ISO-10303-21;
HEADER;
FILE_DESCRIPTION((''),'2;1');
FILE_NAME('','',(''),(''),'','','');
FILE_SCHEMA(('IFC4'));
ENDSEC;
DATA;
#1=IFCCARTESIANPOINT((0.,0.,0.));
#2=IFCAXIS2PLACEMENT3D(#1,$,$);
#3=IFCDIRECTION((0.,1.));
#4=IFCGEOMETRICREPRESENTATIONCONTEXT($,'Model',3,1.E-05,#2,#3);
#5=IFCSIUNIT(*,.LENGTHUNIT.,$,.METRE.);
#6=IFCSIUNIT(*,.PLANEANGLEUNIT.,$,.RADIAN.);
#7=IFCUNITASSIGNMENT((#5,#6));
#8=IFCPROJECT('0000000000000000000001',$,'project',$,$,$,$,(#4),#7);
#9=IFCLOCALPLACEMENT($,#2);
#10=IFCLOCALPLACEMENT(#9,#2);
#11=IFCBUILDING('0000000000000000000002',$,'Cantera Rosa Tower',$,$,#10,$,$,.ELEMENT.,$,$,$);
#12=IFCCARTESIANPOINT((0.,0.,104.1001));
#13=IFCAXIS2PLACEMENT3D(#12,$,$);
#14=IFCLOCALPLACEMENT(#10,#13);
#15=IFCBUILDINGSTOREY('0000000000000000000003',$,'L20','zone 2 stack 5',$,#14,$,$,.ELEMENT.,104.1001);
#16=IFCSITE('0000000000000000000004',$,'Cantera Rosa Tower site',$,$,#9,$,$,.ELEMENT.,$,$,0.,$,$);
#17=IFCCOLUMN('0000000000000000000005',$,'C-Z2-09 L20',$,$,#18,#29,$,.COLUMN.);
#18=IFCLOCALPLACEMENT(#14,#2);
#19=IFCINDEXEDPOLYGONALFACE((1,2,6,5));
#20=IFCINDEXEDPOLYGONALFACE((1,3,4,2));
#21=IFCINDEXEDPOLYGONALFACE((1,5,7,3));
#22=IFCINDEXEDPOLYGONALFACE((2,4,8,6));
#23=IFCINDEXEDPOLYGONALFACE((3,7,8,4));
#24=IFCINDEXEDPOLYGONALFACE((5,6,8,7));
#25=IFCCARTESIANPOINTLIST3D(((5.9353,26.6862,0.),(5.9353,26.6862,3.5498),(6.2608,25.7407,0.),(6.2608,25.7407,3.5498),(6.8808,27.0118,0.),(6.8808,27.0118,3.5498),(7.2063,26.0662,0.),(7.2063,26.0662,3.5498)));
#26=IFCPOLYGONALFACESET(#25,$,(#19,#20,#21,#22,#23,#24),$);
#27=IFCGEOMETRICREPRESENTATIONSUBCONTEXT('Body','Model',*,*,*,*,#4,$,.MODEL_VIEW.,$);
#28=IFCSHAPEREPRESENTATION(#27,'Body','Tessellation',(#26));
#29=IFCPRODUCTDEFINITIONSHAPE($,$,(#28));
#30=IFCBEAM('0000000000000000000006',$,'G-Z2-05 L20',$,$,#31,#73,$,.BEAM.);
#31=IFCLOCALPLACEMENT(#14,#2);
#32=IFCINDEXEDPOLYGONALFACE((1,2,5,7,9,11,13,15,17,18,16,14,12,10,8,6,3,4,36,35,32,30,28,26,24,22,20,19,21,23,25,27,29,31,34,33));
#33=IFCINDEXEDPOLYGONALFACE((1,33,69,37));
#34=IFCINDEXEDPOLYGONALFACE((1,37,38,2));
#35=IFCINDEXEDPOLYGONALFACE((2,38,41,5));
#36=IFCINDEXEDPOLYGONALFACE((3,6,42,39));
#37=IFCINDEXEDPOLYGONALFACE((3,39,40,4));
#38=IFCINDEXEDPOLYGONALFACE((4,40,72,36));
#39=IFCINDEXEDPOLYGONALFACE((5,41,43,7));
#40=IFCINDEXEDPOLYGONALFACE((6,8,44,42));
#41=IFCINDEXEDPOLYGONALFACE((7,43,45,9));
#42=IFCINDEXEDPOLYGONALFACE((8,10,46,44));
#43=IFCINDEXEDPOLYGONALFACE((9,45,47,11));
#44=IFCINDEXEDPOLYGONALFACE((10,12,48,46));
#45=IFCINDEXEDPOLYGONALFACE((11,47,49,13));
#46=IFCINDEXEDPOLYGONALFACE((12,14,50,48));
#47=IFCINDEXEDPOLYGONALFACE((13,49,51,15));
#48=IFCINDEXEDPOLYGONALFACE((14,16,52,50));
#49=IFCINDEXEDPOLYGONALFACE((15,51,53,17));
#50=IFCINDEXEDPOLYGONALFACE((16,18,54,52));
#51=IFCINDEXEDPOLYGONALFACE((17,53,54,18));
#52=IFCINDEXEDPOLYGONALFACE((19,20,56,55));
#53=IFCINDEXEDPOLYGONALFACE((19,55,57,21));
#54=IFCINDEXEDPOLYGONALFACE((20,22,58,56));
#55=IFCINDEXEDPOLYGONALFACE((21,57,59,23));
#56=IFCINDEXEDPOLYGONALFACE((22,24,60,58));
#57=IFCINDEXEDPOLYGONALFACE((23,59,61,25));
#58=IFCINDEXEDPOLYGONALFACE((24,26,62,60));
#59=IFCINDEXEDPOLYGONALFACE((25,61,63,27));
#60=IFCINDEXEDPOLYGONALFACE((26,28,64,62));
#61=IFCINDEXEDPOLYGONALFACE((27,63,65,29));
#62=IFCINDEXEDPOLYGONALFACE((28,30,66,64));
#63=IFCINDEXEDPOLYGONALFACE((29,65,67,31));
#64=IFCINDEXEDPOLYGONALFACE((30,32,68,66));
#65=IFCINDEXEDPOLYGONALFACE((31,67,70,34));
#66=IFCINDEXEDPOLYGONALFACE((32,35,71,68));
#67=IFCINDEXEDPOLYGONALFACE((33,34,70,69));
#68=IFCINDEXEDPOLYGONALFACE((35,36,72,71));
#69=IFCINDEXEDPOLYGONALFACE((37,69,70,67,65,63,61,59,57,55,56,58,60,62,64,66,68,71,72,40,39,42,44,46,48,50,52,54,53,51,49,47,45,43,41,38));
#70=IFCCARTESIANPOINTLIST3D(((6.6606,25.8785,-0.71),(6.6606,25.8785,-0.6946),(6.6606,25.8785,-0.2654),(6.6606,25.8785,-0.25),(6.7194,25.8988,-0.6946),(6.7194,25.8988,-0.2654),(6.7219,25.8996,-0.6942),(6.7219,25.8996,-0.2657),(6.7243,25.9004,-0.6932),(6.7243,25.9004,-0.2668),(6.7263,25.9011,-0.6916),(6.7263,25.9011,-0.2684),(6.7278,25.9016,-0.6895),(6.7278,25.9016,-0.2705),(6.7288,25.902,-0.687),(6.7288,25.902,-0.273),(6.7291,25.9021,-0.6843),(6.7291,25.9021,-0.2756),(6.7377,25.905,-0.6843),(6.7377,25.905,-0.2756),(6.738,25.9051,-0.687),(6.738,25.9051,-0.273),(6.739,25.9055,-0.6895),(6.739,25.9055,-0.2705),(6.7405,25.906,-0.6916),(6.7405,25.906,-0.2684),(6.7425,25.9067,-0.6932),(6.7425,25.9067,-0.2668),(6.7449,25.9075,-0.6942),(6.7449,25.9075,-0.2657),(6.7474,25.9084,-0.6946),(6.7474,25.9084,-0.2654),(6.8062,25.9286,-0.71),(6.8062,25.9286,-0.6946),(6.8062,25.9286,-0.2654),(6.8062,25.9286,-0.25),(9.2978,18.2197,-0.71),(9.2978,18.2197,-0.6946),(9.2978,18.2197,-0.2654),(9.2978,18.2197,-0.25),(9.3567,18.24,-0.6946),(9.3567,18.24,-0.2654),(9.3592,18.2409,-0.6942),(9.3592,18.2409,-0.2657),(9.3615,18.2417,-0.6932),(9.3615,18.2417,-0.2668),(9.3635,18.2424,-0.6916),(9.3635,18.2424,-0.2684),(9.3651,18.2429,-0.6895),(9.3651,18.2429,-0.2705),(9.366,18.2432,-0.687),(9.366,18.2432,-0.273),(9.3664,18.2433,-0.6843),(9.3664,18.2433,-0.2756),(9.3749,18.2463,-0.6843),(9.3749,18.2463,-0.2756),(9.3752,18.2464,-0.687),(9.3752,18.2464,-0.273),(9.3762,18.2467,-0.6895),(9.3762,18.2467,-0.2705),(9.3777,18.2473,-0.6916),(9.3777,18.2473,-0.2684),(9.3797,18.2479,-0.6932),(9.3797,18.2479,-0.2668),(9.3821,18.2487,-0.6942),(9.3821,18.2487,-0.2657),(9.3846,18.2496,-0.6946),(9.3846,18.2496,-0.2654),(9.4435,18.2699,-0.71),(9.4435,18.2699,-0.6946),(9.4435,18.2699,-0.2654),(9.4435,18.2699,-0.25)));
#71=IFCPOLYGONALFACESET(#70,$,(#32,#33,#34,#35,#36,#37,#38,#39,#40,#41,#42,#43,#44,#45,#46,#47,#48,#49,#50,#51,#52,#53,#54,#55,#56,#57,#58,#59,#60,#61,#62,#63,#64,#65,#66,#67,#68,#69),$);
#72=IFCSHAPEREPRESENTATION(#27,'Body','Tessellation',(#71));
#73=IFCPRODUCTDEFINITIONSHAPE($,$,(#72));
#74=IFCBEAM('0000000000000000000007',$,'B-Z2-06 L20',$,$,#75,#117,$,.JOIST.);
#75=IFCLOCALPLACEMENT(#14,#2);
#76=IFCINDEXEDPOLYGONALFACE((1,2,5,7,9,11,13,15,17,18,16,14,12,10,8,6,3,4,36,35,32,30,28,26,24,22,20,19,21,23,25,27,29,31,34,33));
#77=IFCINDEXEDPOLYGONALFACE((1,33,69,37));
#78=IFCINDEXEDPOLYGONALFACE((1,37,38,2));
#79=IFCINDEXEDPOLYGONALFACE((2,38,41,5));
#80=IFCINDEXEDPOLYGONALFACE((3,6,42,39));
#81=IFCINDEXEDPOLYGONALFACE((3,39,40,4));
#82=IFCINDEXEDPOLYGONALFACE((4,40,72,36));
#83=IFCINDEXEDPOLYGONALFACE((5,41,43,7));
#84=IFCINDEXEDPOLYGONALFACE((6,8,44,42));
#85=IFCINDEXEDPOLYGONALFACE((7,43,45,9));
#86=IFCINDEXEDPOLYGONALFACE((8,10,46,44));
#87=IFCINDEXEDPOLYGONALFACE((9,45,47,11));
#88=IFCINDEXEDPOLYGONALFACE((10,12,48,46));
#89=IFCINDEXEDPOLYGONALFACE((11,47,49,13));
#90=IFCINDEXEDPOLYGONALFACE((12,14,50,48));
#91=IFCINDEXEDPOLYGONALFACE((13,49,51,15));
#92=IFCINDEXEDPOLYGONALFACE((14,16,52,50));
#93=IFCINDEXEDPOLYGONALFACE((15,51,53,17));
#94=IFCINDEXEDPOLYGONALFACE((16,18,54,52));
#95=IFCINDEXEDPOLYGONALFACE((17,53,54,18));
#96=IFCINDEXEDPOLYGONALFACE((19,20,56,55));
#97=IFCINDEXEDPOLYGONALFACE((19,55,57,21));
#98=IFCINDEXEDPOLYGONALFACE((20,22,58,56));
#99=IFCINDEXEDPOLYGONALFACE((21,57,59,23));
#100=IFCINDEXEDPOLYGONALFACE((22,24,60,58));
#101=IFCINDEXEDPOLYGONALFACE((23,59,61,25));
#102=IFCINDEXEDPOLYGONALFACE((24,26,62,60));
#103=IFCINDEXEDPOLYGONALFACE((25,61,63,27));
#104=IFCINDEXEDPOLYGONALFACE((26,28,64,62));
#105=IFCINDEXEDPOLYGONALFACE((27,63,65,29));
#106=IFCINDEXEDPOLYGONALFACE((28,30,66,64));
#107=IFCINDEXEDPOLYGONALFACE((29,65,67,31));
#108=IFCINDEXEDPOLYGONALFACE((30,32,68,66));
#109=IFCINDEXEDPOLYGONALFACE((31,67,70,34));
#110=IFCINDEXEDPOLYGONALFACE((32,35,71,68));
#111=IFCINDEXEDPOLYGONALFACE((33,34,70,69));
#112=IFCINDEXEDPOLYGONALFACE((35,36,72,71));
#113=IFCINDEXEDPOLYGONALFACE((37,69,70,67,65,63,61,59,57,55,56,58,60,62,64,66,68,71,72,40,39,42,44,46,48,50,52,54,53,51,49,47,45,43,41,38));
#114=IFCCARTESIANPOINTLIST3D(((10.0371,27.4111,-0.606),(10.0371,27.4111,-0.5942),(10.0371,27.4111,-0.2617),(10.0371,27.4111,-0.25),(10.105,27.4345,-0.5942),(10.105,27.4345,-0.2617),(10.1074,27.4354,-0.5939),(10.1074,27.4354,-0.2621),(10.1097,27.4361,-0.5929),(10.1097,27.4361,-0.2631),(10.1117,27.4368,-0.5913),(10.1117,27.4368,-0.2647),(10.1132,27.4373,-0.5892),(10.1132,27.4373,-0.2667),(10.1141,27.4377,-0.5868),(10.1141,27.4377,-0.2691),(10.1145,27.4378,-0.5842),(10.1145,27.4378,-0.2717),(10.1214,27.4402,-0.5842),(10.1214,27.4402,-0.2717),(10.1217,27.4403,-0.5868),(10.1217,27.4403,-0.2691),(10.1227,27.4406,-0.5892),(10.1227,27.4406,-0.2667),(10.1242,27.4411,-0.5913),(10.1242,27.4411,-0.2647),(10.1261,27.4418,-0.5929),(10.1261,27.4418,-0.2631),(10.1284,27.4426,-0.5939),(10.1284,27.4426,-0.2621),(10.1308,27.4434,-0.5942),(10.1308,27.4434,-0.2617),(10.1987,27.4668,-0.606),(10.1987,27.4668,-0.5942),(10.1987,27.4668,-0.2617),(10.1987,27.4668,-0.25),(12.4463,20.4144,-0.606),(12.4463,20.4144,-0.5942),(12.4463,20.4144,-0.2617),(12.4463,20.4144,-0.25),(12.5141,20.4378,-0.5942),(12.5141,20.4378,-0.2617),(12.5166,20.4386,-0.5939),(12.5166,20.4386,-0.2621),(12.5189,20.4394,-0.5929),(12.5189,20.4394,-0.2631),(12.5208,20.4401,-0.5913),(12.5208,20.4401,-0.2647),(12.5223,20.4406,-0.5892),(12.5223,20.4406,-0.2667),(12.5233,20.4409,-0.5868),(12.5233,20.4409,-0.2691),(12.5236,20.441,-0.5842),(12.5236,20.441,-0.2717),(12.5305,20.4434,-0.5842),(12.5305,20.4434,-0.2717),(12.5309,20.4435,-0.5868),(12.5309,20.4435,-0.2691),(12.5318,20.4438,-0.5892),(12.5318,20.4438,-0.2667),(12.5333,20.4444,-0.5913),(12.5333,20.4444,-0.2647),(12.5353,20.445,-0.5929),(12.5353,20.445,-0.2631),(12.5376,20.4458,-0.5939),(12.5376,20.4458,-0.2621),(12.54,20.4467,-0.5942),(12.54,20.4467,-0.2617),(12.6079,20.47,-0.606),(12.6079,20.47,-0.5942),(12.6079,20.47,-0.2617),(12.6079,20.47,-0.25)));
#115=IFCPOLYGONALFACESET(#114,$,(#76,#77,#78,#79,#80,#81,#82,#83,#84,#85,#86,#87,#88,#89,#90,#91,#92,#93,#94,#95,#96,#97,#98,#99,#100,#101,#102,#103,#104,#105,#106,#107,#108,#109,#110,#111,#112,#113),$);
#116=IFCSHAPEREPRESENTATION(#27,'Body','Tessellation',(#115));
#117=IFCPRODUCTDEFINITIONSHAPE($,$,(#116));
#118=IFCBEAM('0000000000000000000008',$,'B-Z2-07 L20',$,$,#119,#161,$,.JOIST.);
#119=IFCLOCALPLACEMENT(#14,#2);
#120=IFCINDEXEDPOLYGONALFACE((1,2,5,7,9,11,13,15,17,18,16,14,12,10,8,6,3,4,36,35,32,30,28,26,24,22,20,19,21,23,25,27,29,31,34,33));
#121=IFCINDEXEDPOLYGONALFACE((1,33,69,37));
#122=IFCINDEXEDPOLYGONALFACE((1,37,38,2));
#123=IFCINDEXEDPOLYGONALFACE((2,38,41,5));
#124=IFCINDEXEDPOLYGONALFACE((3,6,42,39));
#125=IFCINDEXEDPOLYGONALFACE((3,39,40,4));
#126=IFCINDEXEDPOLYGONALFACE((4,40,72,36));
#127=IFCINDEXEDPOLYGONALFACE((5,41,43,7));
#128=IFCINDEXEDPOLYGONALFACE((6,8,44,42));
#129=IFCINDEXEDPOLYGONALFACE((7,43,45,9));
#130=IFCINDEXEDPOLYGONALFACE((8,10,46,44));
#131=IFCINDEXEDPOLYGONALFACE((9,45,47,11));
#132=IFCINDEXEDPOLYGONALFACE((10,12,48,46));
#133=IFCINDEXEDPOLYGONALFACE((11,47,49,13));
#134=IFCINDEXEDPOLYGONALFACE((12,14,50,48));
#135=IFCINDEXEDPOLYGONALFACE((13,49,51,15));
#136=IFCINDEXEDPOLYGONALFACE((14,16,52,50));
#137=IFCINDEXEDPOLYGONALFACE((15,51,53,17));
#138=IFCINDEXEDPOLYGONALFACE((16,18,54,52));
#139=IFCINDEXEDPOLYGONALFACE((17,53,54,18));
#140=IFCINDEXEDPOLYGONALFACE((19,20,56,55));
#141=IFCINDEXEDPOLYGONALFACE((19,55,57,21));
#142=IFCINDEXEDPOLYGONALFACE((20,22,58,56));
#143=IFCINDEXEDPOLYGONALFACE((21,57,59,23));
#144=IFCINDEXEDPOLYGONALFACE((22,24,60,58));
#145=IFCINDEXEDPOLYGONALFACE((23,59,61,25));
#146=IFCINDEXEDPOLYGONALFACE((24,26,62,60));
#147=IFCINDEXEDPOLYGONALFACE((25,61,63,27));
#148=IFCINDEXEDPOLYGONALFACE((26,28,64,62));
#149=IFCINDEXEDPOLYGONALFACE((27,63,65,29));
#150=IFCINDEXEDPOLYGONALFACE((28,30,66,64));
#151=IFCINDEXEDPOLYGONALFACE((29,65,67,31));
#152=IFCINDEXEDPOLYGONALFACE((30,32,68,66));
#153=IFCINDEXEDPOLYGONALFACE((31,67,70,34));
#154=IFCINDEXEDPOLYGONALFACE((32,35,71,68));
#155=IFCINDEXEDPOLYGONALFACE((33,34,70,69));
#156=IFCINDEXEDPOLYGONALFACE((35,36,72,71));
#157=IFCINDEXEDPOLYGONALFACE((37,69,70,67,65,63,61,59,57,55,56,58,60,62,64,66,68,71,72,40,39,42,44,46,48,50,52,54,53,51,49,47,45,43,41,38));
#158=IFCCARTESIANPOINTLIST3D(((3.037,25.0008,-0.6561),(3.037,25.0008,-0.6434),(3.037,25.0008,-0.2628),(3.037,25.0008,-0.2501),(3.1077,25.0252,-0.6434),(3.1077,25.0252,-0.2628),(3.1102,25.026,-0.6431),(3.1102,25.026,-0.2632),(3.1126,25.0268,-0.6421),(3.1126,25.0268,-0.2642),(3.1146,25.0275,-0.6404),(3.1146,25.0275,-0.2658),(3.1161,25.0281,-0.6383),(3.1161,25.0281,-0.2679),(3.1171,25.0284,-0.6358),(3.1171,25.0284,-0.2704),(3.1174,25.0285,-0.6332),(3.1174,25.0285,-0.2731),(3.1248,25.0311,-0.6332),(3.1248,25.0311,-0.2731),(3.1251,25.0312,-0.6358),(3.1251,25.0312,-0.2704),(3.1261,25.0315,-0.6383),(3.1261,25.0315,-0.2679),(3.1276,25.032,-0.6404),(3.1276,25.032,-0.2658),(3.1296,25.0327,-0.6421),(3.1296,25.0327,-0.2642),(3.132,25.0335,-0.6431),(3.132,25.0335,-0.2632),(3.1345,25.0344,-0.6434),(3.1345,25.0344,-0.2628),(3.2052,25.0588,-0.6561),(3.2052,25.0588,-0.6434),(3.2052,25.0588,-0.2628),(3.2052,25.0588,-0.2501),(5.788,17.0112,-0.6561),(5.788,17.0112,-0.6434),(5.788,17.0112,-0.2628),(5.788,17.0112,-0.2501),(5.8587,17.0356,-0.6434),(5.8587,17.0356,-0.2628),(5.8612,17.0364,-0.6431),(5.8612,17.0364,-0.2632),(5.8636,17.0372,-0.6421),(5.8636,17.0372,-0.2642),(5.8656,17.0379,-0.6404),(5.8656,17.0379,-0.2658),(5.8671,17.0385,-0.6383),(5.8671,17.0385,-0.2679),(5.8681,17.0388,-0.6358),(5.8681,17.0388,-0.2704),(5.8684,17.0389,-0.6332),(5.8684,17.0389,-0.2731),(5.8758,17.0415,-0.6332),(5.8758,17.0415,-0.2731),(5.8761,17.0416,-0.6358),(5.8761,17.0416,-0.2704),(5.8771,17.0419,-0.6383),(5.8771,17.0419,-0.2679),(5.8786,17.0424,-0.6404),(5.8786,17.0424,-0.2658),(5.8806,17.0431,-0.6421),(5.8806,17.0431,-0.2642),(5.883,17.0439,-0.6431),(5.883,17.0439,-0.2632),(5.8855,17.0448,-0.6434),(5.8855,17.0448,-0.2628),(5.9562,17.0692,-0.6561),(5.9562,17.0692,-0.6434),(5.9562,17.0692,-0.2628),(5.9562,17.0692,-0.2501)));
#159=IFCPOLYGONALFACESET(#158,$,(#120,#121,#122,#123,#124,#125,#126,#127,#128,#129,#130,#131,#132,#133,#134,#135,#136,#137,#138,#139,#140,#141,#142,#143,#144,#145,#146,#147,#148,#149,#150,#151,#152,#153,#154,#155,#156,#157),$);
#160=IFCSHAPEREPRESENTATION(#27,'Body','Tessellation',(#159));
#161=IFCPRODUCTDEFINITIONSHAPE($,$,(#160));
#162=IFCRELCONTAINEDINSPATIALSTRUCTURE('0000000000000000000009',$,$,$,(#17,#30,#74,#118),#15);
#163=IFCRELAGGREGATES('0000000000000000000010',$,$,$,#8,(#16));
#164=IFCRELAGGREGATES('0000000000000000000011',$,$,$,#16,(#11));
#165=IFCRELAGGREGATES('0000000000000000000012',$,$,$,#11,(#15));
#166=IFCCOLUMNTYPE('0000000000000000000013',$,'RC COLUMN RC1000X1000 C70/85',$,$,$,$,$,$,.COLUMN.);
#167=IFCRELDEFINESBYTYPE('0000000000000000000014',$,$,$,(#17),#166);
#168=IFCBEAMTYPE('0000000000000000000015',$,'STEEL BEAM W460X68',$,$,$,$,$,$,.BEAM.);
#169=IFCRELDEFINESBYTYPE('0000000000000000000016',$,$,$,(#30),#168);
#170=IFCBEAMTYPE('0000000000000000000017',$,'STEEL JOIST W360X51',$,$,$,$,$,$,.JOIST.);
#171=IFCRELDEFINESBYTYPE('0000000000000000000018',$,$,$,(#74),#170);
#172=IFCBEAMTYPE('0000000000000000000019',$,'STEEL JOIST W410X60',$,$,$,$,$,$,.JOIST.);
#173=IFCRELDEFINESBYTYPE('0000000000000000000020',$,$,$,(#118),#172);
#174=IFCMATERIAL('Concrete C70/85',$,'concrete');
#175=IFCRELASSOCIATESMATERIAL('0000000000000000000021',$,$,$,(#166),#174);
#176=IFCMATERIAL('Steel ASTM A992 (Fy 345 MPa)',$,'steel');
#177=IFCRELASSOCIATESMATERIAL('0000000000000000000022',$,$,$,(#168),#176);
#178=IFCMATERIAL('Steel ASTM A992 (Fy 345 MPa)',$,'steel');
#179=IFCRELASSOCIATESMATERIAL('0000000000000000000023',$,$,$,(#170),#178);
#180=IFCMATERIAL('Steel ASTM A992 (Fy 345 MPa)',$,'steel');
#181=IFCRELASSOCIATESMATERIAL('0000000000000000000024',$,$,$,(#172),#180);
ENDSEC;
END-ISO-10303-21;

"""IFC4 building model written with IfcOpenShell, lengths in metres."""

from ifc_helpers import new_model, si_unit, direction, frame, origin, origin_2d, place, context, subcontext, project, spatial, rectangle, i_section, extrude, material, material_profile, profile_set, type_object, element, save


model = new_model("IFC4")

# Units and contexts
model_context = context("Model", 3, precision=1e-05, world=origin(), true_north=direction((0.0, 1.0)))
body_context = subcontext(model_context, "Body", "Model", "MODEL_VIEW")
ifc_project = project(units=[si_unit("LENGTHUNIT", "METRE"), si_unit("PLANEANGLEUNIT", "RADIAN")], contexts=[model_context])

# Site, building, storey
site_placement = place(None, origin())
site = spatial("IfcSite", under=ifc_project, at=site_placement, Name="Cantera Rosa Tower site", CompositionType="ELEMENT", RefElevation=0.0)
building_placement = place(site_placement, origin())
building = spatial("IfcBuilding", under=site, at=building_placement, Name="Cantera Rosa Tower", CompositionType="ELEMENT")
storey_placement = place(building_placement, frame((0.0, 0.0, 104.1001)))
storey = spatial("IfcBuildingStorey", under=building, at=storey_placement, Name="L20", Description="zone 2 stack 5", CompositionType="ELEMENT", Elevation=104.1001)

# Column
ifc_material_1 = material(Name="Concrete C70/85", Category="concrete")
ifc_material_profile_1 = material_profile(ifc_material_1, rectangle(XDim=1.0, YDim=1.0, at=origin_2d()), Name="RC COLUMN RC1000X1000 C70/85")
ifc_profile_set_1 = profile_set([ifc_material_profile_1], Name="Concrete C70/85")
column_type = type_object("IfcColumnType", Name="RC COLUMN RC1000X1000 C70/85", PredefinedType="COLUMN", material=ifc_profile_set_1)
column_placement = place(storey_placement, frame((6.5708, 26.3762, 0.0), z_axis=(0.0, 0.0, 1.0), x_axis=(0.945519, 0.325568, 0.0)))
element("IfcColumn", 1, at=column_placement, inside=storey, type_object=column_type, Name="C-Z2-09 L20", PredefinedType="COLUMN", context=body_context, shape_type="SweptSolid", body=[
    extrude(rectangle(XDim=1.0, YDim=1.0, at=origin_2d()), origin(), (0.0, 0.0, 1.0), 3.5498),
])

# Beams
ifc_material_2 = material(Name="Steel ASTM A992 (Fy 345 MPa)", Category="steel")
ifc_material_profile_2 = material_profile(ifc_material_2, i_section(OverallWidth=0.1541, OverallDepth=0.46, WebThickness=0.009, FlangeThickness=0.0154, FilletRadius=0.0103, at=origin_2d()), Name="W460X68")
ifc_profile_set_2 = profile_set([ifc_material_profile_2], Name="Steel ASTM A992 (Fy 345 MPa)")
beam_type_1 = type_object("IfcBeamType", Name="STEEL BEAM W460X68", PredefinedType="BEAM", material=ifc_profile_set_2)
beam_1_placement = place(storey_placement, frame((6.7334, 25.9036, -0.48), z_axis=(0.32558, -0.945514, 0.0), x_axis=(0.945514, 0.32558, 0.0)))
element("IfcBeam", 2, at=beam_1_placement, inside=storey, type_object=beam_type_1, Name="G-Z2-05 L20", PredefinedType="BEAM", context=body_context, shape_type="SweptSolid", body=[
    extrude(i_section(OverallWidth=0.1541, OverallDepth=0.46, WebThickness=0.009, FlangeThickness=0.0154, FilletRadius=0.0103, at=origin_2d()), origin(), (0.0, 0.0, 1.0), 8.1001),
])
ifc_material_3 = material(Name="Steel ASTM A992 (Fy 345 MPa)", Category="steel")
ifc_material_profile_3 = material_profile(ifc_material_3, i_section(OverallWidth=0.1709, OverallDepth=0.356, WebThickness=0.0073, FlangeThickness=0.0117, FilletRadius=0.01, at=origin_2d()), Name="W360X51")
ifc_profile_set_3 = profile_set([ifc_material_profile_3], Name="Steel ASTM A992 (Fy 345 MPa)")
beam_type_2 = type_object("IfcBeamType", Name="STEEL JOIST W360X51", PredefinedType="JOIST", material=ifc_profile_set_3)
beam_2_placement = place(storey_placement, frame((10.1179, 27.439, -0.428), z_axis=(0.325566, -0.945519, 0.0), x_axis=(0.945519, 0.325566, 0.0)))
element("IfcBeam", 3, at=beam_2_placement, inside=storey, type_object=beam_type_2, Name="B-Z2-06 L20", PredefinedType="JOIST", context=body_context, shape_type="SweptSolid", body=[
    extrude(i_section(OverallWidth=0.1709, OverallDepth=0.356, WebThickness=0.0073, FlangeThickness=0.0117, FilletRadius=0.01, at=origin_2d()), origin(), (0.0, 0.0, 1.0), 7.3999),
])
ifc_material_4 = material(Name="Steel ASTM A992 (Fy 345 MPa)", Category="steel")
ifc_material_profile_4 = material_profile(ifc_material_4, i_section(OverallWidth=0.178, OverallDepth=0.406, WebThickness=0.0078, FlangeThickness=0.0127, FilletRadius=0.0103, at=origin_2d()), Name="W410X60")
ifc_profile_set_4 = profile_set([ifc_material_profile_4], Name="Steel ASTM A992 (Fy 345 MPa)")
beam_type_3 = type_object("IfcBeamType", Name="STEEL JOIST W410X60", PredefinedType="JOIST", material=ifc_profile_set_4)
beam_3_placement = place(storey_placement, frame((3.1211, 25.0298, -0.4531), z_axis=(0.325565, -0.94552, 0.0), x_axis=(0.94552, 0.325565, 0.0)))
element("IfcBeam", 4, at=beam_3_placement, inside=storey, type_object=beam_type_3, Name="B-Z2-07 L20", PredefinedType="JOIST", context=body_context, shape_type="SweptSolid", body=[
    extrude(i_section(OverallWidth=0.178, OverallDepth=0.406, WebThickness=0.0078, FlangeThickness=0.0127, FilletRadius=0.0103, at=origin_2d()), origin(), (0.0, 0.0, 1.0), 8.45),
])

save(model, "model.ifc")
